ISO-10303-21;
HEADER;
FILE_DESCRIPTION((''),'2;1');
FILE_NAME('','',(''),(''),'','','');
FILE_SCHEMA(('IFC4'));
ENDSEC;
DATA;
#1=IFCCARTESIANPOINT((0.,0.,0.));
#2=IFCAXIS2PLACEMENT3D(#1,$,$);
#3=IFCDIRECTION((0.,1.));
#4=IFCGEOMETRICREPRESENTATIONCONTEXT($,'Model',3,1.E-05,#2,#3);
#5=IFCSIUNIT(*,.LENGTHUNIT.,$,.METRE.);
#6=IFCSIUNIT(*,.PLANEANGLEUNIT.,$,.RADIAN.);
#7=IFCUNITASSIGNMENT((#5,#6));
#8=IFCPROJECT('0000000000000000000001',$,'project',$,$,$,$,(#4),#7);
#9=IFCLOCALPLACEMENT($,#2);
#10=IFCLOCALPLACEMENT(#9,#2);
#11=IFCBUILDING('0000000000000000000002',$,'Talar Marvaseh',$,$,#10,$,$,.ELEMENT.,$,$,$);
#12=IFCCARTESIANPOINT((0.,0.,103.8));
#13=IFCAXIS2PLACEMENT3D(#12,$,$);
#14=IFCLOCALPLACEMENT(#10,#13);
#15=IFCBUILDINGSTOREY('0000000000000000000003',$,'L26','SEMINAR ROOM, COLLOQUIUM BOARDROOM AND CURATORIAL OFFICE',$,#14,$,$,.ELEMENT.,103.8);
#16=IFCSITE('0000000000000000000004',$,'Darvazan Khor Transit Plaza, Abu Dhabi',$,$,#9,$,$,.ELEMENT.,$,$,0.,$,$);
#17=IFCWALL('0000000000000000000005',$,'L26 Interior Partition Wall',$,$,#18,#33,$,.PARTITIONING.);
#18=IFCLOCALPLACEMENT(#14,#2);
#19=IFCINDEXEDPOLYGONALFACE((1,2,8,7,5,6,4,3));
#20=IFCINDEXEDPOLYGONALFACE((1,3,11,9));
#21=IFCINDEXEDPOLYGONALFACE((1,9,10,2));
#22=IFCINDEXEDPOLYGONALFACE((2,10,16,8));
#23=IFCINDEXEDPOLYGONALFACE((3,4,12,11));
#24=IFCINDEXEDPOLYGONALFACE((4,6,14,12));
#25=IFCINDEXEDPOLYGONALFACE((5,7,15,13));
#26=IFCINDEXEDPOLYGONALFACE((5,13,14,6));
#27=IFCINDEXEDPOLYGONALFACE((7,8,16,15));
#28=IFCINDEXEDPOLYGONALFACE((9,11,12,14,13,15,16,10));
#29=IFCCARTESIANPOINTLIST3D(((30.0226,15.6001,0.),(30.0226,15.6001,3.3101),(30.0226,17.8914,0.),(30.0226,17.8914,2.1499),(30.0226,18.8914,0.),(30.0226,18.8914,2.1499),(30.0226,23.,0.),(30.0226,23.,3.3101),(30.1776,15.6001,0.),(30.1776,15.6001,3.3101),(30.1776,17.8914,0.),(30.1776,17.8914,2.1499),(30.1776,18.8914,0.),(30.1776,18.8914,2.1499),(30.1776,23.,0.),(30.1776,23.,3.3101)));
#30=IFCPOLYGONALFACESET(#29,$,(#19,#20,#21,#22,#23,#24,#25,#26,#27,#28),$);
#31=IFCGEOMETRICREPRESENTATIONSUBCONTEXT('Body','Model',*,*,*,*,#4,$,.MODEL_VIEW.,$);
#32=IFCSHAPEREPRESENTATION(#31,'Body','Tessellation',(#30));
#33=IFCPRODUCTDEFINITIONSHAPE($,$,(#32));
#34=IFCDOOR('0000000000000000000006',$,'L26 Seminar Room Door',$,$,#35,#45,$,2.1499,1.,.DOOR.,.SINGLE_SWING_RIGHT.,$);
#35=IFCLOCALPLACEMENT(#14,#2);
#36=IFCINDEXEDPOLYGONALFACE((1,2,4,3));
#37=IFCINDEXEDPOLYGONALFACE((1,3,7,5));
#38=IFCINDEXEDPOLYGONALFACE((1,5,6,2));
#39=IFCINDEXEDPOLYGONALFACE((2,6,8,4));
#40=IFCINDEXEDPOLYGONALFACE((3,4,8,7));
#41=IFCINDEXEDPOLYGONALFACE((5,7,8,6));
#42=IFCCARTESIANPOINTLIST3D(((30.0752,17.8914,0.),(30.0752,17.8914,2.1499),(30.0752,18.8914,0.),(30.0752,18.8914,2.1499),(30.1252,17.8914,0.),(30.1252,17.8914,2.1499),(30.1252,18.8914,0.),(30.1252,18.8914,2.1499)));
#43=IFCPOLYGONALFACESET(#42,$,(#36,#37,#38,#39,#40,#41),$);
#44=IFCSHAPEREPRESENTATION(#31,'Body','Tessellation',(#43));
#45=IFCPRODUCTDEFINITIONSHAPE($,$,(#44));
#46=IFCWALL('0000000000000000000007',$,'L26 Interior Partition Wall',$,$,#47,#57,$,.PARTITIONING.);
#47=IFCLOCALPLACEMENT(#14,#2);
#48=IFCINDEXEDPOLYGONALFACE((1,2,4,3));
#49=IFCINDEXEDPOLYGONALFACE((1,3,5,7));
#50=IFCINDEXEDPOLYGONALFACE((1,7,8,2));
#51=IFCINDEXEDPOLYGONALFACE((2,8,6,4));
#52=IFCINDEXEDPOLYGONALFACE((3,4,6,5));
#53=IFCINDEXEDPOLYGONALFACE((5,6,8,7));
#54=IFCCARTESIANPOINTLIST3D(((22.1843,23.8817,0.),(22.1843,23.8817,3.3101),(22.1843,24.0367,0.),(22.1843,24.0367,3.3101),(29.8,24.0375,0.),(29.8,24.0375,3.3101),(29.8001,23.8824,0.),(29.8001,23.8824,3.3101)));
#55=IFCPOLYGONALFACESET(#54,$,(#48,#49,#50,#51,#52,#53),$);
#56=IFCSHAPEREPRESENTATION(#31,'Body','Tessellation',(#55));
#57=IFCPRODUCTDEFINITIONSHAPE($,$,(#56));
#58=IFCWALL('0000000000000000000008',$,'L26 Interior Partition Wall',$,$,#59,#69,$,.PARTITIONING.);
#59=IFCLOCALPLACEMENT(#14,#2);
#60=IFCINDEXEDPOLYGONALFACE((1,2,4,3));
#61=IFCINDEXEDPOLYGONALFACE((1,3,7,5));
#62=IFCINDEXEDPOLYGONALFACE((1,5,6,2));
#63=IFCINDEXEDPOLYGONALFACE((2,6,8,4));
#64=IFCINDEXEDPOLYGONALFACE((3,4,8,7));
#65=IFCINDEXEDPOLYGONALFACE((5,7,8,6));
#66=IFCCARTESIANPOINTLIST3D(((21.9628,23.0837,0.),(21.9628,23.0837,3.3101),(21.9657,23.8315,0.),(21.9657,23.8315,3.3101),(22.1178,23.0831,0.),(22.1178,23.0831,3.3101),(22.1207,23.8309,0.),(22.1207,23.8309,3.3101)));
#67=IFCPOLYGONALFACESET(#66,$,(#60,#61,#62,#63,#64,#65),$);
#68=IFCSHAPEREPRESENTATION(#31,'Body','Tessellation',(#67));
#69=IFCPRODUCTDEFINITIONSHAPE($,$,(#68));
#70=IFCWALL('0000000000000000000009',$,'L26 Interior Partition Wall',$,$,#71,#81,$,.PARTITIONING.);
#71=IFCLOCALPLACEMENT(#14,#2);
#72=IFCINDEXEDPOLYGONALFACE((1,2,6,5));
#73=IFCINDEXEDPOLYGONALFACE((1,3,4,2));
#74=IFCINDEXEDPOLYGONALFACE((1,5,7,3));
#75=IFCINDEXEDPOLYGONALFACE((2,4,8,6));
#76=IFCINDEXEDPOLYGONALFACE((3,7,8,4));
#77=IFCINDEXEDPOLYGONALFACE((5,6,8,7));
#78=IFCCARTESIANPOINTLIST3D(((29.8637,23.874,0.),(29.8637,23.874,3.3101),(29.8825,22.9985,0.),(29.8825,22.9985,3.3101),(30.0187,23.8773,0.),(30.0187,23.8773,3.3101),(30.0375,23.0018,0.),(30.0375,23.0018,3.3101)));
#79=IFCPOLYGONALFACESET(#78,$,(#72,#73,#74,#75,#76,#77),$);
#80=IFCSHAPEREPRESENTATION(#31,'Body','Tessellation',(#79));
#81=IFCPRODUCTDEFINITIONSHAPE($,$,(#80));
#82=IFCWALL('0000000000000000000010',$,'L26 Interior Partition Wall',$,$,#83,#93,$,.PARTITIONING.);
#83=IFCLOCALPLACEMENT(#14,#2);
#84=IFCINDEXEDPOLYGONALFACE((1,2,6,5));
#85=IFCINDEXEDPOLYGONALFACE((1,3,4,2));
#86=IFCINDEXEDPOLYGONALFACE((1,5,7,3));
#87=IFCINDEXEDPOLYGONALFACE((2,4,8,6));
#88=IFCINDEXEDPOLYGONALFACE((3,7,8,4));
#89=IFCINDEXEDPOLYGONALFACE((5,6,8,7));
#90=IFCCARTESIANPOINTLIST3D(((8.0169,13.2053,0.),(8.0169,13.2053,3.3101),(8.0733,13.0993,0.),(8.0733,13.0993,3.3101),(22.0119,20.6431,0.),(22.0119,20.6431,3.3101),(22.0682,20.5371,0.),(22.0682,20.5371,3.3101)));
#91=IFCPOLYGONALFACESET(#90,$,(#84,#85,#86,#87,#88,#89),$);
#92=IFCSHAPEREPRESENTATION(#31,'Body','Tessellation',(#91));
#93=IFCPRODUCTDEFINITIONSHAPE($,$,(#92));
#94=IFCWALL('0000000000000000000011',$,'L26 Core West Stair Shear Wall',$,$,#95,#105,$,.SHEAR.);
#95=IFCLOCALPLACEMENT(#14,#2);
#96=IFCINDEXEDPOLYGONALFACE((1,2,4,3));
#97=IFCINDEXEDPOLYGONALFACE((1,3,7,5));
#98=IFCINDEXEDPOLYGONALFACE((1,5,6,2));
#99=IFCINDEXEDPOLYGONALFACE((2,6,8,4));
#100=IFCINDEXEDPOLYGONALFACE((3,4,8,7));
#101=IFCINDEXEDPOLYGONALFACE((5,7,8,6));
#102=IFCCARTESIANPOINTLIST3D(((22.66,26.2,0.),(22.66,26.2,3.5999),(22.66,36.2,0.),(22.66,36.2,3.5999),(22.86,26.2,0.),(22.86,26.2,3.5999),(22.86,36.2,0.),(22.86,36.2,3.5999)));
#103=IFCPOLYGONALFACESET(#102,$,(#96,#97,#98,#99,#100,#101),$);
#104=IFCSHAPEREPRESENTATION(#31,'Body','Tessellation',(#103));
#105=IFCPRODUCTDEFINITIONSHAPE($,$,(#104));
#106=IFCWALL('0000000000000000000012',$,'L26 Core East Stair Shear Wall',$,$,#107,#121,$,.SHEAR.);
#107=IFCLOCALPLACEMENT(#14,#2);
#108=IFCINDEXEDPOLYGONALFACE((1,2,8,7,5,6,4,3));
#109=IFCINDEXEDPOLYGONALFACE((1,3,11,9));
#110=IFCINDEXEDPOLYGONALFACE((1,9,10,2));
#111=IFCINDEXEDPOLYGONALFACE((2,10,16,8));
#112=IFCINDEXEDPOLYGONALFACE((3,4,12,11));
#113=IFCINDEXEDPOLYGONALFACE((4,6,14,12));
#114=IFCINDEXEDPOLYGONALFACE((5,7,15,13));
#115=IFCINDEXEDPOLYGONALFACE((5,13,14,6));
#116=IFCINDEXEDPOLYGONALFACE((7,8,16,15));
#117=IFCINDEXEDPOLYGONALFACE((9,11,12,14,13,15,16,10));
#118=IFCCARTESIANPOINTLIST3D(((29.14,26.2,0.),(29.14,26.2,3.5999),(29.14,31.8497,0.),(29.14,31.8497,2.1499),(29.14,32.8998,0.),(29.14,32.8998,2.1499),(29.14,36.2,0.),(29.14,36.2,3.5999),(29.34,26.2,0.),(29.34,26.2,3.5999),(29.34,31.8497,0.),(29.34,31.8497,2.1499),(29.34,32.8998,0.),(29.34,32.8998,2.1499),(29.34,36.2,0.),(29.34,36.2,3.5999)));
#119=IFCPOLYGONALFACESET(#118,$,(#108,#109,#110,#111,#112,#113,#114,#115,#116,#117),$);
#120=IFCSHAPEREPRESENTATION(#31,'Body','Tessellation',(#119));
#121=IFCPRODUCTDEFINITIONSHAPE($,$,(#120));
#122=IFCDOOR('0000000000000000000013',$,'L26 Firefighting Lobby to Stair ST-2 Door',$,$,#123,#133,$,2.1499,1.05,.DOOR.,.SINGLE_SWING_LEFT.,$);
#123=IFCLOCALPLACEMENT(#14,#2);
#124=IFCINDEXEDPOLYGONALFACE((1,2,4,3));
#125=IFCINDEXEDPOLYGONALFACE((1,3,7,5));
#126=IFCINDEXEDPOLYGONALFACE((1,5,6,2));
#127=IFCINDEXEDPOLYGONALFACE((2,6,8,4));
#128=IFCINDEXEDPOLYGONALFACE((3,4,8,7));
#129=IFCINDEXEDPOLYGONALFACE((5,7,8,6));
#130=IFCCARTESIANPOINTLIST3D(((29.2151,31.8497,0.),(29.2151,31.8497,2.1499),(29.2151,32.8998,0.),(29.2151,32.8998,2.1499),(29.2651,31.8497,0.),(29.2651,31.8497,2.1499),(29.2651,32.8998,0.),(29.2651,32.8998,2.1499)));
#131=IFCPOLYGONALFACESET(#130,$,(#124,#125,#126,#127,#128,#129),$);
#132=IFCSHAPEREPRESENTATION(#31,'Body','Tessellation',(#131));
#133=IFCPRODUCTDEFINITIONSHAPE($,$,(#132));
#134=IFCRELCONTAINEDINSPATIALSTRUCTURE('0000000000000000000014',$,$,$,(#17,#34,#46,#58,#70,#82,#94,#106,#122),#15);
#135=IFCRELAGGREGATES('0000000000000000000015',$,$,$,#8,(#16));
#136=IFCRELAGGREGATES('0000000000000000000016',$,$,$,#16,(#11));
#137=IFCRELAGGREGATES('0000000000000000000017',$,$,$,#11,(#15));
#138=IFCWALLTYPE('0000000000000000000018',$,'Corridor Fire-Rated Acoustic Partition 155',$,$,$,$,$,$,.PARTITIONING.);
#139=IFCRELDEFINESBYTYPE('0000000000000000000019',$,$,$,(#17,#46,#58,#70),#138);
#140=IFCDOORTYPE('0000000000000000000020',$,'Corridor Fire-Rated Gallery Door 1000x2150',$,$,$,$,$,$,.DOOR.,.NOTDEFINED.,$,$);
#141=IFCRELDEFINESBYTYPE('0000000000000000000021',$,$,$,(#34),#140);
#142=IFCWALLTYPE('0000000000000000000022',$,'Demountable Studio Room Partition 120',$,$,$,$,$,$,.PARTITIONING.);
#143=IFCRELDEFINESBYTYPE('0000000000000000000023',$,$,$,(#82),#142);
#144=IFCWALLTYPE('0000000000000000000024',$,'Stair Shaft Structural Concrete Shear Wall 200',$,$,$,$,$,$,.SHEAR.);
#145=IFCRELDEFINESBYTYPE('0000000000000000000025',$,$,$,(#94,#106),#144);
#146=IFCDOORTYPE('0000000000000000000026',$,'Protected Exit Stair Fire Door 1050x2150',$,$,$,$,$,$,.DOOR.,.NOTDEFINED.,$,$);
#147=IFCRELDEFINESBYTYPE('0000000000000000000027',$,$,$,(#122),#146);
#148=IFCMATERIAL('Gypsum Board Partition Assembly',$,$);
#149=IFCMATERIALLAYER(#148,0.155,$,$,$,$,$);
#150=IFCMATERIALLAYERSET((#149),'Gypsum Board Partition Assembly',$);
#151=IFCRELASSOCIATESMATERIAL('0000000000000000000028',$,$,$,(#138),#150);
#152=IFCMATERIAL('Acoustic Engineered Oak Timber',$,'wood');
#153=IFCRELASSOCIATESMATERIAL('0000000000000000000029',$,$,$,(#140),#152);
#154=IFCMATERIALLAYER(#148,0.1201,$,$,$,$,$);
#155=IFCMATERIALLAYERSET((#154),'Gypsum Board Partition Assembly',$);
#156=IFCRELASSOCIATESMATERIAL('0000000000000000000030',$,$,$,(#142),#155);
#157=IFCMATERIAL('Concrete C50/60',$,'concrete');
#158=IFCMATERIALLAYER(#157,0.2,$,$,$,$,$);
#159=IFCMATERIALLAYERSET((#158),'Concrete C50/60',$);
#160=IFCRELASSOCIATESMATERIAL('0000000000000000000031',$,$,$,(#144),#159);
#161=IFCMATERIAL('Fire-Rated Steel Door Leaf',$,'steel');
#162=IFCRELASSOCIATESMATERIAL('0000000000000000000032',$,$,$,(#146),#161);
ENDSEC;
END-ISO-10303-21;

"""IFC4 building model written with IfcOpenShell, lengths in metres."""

from ifc_helpers import new_model, si_unit, direction, frame, frame_2d, origin, place, context, subcontext, project, spatial, rectangle, extrude, source, transform, mapped, material, layer, layer_set, type_object, type_shapes, element, fill, save


model = new_model("IFC4")

# Units and contexts
model_context = context("Model", 3, precision=1e-05, world=origin(), true_north=direction((0.0, 1.0)))
body_context = subcontext(model_context, "Body", "Model", "MODEL_VIEW")
ifc_project = project(units=[si_unit("LENGTHUNIT", "METRE"), si_unit("PLANEANGLEUNIT", "RADIAN")], contexts=[model_context])

# Site, building, storey
site_placement = place(None, origin())
site = spatial("IfcSite", under=ifc_project, at=site_placement, Name="Darvazan Khor Transit Plaza, Abu Dhabi", CompositionType="ELEMENT", RefElevation=0.0)
building_placement = place(site_placement, origin())
building = spatial("IfcBuilding", under=site, at=building_placement, Name="Talar Marvaseh", CompositionType="ELEMENT")
storey_placement = place(building_placement, frame((0.0, 0.0, 103.8)))
storey = spatial("IfcBuildingStorey", under=building, at=storey_placement, Name="L26", Description="SEMINAR ROOM, COLLOQUIUM BOARDROOM AND CURATORIAL OFFICE", CompositionType="ELEMENT", Elevation=103.8)

# Shared definitions
ifc_material_1 = material(Name="Gypsum Board Partition Assembly")
ifc_layer_1 = layer(ifc_material_1, 0.155)
ifc_layer_set_1 = layer_set([ifc_layer_1], Name="Gypsum Board Partition Assembly")
wall_type_1 = type_object("IfcWallType", Name="Corridor Fire-Rated Acoustic Partition 155", PredefinedType="PARTITIONING", material=ifc_layer_set_1)
ifc_material_2 = material(Name="Fire-Rated Steel Door Leaf", Category="steel")

# Wall, opening, door
ifc_material_3 = material(Name="Acoustic Engineered Oak Timber", Category="wood")
door_type_1 = type_object("IfcDoorType", Name="Corridor Fire-Rated Gallery Door 1000x2150", OperationType="NOTDEFINED", PredefinedType="DOOR", material=ifc_material_3)
shared_shape_1 = source(origin(), body_context, "Body", "SweptSolid", [
    extrude(rectangle(XDim=1.0, YDim=2.1499, at=frame_2d((0.5, 1.075))), frame((0.0, 0.0249, 0.0), z_axis=(0.0, -1.0, 0.0), x_axis=(1.0, 0.0, 0.0)), (0.0, 0.0, 1.0), 0.05),
])
type_shapes(door_type_1, [shared_shape_1])
wall_1_placement = place(storey_placement, frame((30.1001, 15.6001, 0.0), z_axis=(0.0, 0.0, 1.0), x_axis=(0.0, 1.0, 0.0)))
wall_1 = element("IfcWall", 1, at=wall_1_placement, inside=storey, type_object=wall_type_1, Name="L26 Interior Partition Wall", PredefinedType="PARTITIONING", context=body_context, shape_type="SweptSolid", body=[
    extrude(rectangle(XDim=7.3999, YDim=0.155, at=frame_2d((3.7, 0.0))), origin(), (0.0, 0.0, 1.0), 3.3101),
])
opening_1_placement = place(wall_1_placement, frame((2.2913, 0.0, 0.0)))
opening_1 = element("IfcOpeningElement", 2, at=opening_1_placement, cuts=wall_1, PredefinedType="OPENING", context=body_context, shape_type="SweptSolid", body=[
    extrude(rectangle(XDim=1.0, YDim=2.1499, at=frame_2d((0.5, 1.075))), frame((0.0, 0.0874, 0.0), z_axis=(0.0, -1.0, 0.0), x_axis=(1.0, 0.0, 0.0)), (0.0, 0.0, 1.0), 0.175),
])
door_1_placement = place(opening_1_placement, origin())
door_1 = element("IfcDoor", 3, at=door_1_placement, inside=storey, type_object=door_type_1, Name="L26 Seminar Room Door", OperationType="SINGLE_SWING_RIGHT", OverallHeight=2.1499, OverallWidth=1.0, PredefinedType="DOOR", context=body_context, shape_type="MappedRepresentation", body=[
    mapped(shared_shape_1, transform((0.0, 0.0, 0.0), x_axis=(1.0, 0.0, 0.0), y_axis=(0.0, 1.0, 0.0), z_axis=(0.0, 0.0, 1.0), scale=1.0)),
])
fill(opening_1, door_1)

# Walls
wall_2_placement = place(storey_placement, frame((29.8, 23.96, 0.0), z_axis=(0.0, 0.0, 1.0), x_axis=(-1.0, -0.000096, 0.0)))
element("IfcWall", 4, at=wall_2_placement, inside=storey, type_object=wall_type_1, Name="L26 Interior Partition Wall", PredefinedType="PARTITIONING", context=body_context, shape_type="SweptSolid", body=[
    extrude(rectangle(XDim=7.6157, YDim=0.155, at=frame_2d((3.8079, 0.0))), origin(), (0.0, 0.0, 1.0), 3.3101),
])
wall_3_placement = place(storey_placement, frame((22.0432, 23.8313, 0.0), z_axis=(0.0, 0.0, 1.0), x_axis=(-0.003918, -0.999992, 0.0)))
element("IfcWall", 5, at=wall_3_placement, inside=storey, type_object=wall_type_1, Name="L26 Interior Partition Wall", PredefinedType="PARTITIONING", context=body_context, shape_type="SweptSolid", body=[
    extrude(rectangle(XDim=0.7478, YDim=0.155, at=frame_2d((0.374, 0.0))), origin(), (0.0, 0.0, 1.0), 3.3101),
])
wall_4_placement = place(storey_placement, frame((29.96, 23.0, 0.0), z_axis=(0.0, 0.0, 1.0), x_axis=(-0.021467, 0.99977, 0.0)))
element("IfcWall", 6, at=wall_4_placement, inside=storey, type_object=wall_type_1, Name="L26 Interior Partition Wall", PredefinedType="PARTITIONING", context=body_context, shape_type="SweptSolid", body=[
    extrude(rectangle(XDim=0.8757, YDim=0.155, at=frame_2d((0.438, 0.0))), origin(), (0.0, 0.0, 1.0), 3.3101),
])
ifc_layer_2 = layer(ifc_material_1, 0.1201)
ifc_layer_set_2 = layer_set([ifc_layer_2], Name="Gypsum Board Partition Assembly")
wall_type_2 = type_object("IfcWallType", Name="Demountable Studio Room Partition 120", PredefinedType="PARTITIONING", material=ifc_layer_set_2)
wall_5_placement = place(storey_placement, frame((22.04, 20.5901, 0.0), z_axis=(0.0, 0.0, 1.0), x_axis=(-0.883038, -0.469301, 0.0)))
element("IfcWall", 7, at=wall_5_placement, inside=storey, type_object=wall_type_2, Name="L26 Interior Partition Wall", PredefinedType="PARTITIONING", context=body_context, shape_type="SweptSolid", body=[
    extrude(rectangle(XDim=15.8486, YDim=0.1201, at=frame_2d((7.9243, 0.0))), origin(), (0.0, 0.0, 1.0), 3.3101),
])
ifc_material_4 = material(Name="Concrete C50/60", Category="concrete")
ifc_layer_3 = layer(ifc_material_4, 0.2)
ifc_layer_set_3 = layer_set([ifc_layer_3], Name="Concrete C50/60")
wall_type_3 = type_object("IfcWallType", Name="Stair Shaft Structural Concrete Shear Wall 200", PredefinedType="SHEAR", material=ifc_layer_set_3)
wall_6_placement = place(storey_placement, frame((22.76, 26.2, 0.0), z_axis=(0.0, 0.0, 1.0), x_axis=(0.0, 1.0, 0.0)))
element("IfcWall", 8, at=wall_6_placement, inside=storey, type_object=wall_type_3, Name="L26 Core West Stair Shear Wall", PredefinedType="SHEAR", context=body_context, shape_type="SweptSolid", body=[
    extrude(rectangle(XDim=10.0, YDim=0.2, at=frame_2d((5.0, 0.0))), origin(), (0.0, 0.0, 1.0), 3.5999),
])

# Wall, opening, door
wall_7_placement = place(storey_placement, frame((29.24, 26.2, 0.0), z_axis=(0.0, 0.0, 1.0), x_axis=(0.0, 1.0, 0.0)))
wall_7 = element("IfcWall", 9, at=wall_7_placement, inside=storey, type_object=wall_type_3, Name="L26 Core East Stair Shear Wall", PredefinedType="SHEAR", context=body_context, shape_type="SweptSolid", body=[
    extrude(rectangle(XDim=10.0, YDim=0.2, at=frame_2d((5.0, 0.0))), origin(), (0.0, 0.0, 1.0), 3.5999),
])
opening_2_placement = place(wall_7_placement, frame((5.6499, 0.0, 0.0)))
opening_2 = element("IfcOpeningElement", 10, at=opening_2_placement, cuts=wall_7, PredefinedType="OPENING", context=body_context, shape_type="SweptSolid", body=[
    extrude(rectangle(XDim=1.05, YDim=2.1499, at=frame_2d((0.5249, 1.075))), frame((0.0, 0.1099, 0.0), z_axis=(0.0, -1.0, 0.0), x_axis=(1.0, 0.0, 0.0)), (0.0, 0.0, 1.0), 0.22),
])
door_type_2 = type_object("IfcDoorType", Name="Protected Exit Stair Fire Door 1050x2150", OperationType="NOTDEFINED", PredefinedType="DOOR", material=ifc_material_2)
shared_shape_2 = source(origin(), body_context, "Body", "SweptSolid", [
    extrude(rectangle(XDim=1.05, YDim=2.1499, at=frame_2d((0.5249, 1.075))), frame((0.0, 0.0249, 0.0), z_axis=(0.0, -1.0, 0.0), x_axis=(1.0, 0.0, 0.0)), (0.0, 0.0, 1.0), 0.05),
])
type_shapes(door_type_2, [shared_shape_2])
door_2_placement = place(opening_2_placement, origin())
door_2 = element("IfcDoor", 11, at=door_2_placement, inside=storey, type_object=door_type_2, Name="L26 Firefighting Lobby to Stair ST-2 Door", OperationType="SINGLE_SWING_LEFT", OverallHeight=2.1499, OverallWidth=1.05, PredefinedType="DOOR", context=body_context, shape_type="MappedRepresentation", body=[
    mapped(shared_shape_2, transform((0.0, 0.0, 0.0), x_axis=(1.0, 0.0, 0.0), y_axis=(0.0, 1.0, 0.0), z_axis=(0.0, 0.0, 1.0), scale=1.0)),
])
fill(opening_2, door_2)

save(model, "model.ifc")
